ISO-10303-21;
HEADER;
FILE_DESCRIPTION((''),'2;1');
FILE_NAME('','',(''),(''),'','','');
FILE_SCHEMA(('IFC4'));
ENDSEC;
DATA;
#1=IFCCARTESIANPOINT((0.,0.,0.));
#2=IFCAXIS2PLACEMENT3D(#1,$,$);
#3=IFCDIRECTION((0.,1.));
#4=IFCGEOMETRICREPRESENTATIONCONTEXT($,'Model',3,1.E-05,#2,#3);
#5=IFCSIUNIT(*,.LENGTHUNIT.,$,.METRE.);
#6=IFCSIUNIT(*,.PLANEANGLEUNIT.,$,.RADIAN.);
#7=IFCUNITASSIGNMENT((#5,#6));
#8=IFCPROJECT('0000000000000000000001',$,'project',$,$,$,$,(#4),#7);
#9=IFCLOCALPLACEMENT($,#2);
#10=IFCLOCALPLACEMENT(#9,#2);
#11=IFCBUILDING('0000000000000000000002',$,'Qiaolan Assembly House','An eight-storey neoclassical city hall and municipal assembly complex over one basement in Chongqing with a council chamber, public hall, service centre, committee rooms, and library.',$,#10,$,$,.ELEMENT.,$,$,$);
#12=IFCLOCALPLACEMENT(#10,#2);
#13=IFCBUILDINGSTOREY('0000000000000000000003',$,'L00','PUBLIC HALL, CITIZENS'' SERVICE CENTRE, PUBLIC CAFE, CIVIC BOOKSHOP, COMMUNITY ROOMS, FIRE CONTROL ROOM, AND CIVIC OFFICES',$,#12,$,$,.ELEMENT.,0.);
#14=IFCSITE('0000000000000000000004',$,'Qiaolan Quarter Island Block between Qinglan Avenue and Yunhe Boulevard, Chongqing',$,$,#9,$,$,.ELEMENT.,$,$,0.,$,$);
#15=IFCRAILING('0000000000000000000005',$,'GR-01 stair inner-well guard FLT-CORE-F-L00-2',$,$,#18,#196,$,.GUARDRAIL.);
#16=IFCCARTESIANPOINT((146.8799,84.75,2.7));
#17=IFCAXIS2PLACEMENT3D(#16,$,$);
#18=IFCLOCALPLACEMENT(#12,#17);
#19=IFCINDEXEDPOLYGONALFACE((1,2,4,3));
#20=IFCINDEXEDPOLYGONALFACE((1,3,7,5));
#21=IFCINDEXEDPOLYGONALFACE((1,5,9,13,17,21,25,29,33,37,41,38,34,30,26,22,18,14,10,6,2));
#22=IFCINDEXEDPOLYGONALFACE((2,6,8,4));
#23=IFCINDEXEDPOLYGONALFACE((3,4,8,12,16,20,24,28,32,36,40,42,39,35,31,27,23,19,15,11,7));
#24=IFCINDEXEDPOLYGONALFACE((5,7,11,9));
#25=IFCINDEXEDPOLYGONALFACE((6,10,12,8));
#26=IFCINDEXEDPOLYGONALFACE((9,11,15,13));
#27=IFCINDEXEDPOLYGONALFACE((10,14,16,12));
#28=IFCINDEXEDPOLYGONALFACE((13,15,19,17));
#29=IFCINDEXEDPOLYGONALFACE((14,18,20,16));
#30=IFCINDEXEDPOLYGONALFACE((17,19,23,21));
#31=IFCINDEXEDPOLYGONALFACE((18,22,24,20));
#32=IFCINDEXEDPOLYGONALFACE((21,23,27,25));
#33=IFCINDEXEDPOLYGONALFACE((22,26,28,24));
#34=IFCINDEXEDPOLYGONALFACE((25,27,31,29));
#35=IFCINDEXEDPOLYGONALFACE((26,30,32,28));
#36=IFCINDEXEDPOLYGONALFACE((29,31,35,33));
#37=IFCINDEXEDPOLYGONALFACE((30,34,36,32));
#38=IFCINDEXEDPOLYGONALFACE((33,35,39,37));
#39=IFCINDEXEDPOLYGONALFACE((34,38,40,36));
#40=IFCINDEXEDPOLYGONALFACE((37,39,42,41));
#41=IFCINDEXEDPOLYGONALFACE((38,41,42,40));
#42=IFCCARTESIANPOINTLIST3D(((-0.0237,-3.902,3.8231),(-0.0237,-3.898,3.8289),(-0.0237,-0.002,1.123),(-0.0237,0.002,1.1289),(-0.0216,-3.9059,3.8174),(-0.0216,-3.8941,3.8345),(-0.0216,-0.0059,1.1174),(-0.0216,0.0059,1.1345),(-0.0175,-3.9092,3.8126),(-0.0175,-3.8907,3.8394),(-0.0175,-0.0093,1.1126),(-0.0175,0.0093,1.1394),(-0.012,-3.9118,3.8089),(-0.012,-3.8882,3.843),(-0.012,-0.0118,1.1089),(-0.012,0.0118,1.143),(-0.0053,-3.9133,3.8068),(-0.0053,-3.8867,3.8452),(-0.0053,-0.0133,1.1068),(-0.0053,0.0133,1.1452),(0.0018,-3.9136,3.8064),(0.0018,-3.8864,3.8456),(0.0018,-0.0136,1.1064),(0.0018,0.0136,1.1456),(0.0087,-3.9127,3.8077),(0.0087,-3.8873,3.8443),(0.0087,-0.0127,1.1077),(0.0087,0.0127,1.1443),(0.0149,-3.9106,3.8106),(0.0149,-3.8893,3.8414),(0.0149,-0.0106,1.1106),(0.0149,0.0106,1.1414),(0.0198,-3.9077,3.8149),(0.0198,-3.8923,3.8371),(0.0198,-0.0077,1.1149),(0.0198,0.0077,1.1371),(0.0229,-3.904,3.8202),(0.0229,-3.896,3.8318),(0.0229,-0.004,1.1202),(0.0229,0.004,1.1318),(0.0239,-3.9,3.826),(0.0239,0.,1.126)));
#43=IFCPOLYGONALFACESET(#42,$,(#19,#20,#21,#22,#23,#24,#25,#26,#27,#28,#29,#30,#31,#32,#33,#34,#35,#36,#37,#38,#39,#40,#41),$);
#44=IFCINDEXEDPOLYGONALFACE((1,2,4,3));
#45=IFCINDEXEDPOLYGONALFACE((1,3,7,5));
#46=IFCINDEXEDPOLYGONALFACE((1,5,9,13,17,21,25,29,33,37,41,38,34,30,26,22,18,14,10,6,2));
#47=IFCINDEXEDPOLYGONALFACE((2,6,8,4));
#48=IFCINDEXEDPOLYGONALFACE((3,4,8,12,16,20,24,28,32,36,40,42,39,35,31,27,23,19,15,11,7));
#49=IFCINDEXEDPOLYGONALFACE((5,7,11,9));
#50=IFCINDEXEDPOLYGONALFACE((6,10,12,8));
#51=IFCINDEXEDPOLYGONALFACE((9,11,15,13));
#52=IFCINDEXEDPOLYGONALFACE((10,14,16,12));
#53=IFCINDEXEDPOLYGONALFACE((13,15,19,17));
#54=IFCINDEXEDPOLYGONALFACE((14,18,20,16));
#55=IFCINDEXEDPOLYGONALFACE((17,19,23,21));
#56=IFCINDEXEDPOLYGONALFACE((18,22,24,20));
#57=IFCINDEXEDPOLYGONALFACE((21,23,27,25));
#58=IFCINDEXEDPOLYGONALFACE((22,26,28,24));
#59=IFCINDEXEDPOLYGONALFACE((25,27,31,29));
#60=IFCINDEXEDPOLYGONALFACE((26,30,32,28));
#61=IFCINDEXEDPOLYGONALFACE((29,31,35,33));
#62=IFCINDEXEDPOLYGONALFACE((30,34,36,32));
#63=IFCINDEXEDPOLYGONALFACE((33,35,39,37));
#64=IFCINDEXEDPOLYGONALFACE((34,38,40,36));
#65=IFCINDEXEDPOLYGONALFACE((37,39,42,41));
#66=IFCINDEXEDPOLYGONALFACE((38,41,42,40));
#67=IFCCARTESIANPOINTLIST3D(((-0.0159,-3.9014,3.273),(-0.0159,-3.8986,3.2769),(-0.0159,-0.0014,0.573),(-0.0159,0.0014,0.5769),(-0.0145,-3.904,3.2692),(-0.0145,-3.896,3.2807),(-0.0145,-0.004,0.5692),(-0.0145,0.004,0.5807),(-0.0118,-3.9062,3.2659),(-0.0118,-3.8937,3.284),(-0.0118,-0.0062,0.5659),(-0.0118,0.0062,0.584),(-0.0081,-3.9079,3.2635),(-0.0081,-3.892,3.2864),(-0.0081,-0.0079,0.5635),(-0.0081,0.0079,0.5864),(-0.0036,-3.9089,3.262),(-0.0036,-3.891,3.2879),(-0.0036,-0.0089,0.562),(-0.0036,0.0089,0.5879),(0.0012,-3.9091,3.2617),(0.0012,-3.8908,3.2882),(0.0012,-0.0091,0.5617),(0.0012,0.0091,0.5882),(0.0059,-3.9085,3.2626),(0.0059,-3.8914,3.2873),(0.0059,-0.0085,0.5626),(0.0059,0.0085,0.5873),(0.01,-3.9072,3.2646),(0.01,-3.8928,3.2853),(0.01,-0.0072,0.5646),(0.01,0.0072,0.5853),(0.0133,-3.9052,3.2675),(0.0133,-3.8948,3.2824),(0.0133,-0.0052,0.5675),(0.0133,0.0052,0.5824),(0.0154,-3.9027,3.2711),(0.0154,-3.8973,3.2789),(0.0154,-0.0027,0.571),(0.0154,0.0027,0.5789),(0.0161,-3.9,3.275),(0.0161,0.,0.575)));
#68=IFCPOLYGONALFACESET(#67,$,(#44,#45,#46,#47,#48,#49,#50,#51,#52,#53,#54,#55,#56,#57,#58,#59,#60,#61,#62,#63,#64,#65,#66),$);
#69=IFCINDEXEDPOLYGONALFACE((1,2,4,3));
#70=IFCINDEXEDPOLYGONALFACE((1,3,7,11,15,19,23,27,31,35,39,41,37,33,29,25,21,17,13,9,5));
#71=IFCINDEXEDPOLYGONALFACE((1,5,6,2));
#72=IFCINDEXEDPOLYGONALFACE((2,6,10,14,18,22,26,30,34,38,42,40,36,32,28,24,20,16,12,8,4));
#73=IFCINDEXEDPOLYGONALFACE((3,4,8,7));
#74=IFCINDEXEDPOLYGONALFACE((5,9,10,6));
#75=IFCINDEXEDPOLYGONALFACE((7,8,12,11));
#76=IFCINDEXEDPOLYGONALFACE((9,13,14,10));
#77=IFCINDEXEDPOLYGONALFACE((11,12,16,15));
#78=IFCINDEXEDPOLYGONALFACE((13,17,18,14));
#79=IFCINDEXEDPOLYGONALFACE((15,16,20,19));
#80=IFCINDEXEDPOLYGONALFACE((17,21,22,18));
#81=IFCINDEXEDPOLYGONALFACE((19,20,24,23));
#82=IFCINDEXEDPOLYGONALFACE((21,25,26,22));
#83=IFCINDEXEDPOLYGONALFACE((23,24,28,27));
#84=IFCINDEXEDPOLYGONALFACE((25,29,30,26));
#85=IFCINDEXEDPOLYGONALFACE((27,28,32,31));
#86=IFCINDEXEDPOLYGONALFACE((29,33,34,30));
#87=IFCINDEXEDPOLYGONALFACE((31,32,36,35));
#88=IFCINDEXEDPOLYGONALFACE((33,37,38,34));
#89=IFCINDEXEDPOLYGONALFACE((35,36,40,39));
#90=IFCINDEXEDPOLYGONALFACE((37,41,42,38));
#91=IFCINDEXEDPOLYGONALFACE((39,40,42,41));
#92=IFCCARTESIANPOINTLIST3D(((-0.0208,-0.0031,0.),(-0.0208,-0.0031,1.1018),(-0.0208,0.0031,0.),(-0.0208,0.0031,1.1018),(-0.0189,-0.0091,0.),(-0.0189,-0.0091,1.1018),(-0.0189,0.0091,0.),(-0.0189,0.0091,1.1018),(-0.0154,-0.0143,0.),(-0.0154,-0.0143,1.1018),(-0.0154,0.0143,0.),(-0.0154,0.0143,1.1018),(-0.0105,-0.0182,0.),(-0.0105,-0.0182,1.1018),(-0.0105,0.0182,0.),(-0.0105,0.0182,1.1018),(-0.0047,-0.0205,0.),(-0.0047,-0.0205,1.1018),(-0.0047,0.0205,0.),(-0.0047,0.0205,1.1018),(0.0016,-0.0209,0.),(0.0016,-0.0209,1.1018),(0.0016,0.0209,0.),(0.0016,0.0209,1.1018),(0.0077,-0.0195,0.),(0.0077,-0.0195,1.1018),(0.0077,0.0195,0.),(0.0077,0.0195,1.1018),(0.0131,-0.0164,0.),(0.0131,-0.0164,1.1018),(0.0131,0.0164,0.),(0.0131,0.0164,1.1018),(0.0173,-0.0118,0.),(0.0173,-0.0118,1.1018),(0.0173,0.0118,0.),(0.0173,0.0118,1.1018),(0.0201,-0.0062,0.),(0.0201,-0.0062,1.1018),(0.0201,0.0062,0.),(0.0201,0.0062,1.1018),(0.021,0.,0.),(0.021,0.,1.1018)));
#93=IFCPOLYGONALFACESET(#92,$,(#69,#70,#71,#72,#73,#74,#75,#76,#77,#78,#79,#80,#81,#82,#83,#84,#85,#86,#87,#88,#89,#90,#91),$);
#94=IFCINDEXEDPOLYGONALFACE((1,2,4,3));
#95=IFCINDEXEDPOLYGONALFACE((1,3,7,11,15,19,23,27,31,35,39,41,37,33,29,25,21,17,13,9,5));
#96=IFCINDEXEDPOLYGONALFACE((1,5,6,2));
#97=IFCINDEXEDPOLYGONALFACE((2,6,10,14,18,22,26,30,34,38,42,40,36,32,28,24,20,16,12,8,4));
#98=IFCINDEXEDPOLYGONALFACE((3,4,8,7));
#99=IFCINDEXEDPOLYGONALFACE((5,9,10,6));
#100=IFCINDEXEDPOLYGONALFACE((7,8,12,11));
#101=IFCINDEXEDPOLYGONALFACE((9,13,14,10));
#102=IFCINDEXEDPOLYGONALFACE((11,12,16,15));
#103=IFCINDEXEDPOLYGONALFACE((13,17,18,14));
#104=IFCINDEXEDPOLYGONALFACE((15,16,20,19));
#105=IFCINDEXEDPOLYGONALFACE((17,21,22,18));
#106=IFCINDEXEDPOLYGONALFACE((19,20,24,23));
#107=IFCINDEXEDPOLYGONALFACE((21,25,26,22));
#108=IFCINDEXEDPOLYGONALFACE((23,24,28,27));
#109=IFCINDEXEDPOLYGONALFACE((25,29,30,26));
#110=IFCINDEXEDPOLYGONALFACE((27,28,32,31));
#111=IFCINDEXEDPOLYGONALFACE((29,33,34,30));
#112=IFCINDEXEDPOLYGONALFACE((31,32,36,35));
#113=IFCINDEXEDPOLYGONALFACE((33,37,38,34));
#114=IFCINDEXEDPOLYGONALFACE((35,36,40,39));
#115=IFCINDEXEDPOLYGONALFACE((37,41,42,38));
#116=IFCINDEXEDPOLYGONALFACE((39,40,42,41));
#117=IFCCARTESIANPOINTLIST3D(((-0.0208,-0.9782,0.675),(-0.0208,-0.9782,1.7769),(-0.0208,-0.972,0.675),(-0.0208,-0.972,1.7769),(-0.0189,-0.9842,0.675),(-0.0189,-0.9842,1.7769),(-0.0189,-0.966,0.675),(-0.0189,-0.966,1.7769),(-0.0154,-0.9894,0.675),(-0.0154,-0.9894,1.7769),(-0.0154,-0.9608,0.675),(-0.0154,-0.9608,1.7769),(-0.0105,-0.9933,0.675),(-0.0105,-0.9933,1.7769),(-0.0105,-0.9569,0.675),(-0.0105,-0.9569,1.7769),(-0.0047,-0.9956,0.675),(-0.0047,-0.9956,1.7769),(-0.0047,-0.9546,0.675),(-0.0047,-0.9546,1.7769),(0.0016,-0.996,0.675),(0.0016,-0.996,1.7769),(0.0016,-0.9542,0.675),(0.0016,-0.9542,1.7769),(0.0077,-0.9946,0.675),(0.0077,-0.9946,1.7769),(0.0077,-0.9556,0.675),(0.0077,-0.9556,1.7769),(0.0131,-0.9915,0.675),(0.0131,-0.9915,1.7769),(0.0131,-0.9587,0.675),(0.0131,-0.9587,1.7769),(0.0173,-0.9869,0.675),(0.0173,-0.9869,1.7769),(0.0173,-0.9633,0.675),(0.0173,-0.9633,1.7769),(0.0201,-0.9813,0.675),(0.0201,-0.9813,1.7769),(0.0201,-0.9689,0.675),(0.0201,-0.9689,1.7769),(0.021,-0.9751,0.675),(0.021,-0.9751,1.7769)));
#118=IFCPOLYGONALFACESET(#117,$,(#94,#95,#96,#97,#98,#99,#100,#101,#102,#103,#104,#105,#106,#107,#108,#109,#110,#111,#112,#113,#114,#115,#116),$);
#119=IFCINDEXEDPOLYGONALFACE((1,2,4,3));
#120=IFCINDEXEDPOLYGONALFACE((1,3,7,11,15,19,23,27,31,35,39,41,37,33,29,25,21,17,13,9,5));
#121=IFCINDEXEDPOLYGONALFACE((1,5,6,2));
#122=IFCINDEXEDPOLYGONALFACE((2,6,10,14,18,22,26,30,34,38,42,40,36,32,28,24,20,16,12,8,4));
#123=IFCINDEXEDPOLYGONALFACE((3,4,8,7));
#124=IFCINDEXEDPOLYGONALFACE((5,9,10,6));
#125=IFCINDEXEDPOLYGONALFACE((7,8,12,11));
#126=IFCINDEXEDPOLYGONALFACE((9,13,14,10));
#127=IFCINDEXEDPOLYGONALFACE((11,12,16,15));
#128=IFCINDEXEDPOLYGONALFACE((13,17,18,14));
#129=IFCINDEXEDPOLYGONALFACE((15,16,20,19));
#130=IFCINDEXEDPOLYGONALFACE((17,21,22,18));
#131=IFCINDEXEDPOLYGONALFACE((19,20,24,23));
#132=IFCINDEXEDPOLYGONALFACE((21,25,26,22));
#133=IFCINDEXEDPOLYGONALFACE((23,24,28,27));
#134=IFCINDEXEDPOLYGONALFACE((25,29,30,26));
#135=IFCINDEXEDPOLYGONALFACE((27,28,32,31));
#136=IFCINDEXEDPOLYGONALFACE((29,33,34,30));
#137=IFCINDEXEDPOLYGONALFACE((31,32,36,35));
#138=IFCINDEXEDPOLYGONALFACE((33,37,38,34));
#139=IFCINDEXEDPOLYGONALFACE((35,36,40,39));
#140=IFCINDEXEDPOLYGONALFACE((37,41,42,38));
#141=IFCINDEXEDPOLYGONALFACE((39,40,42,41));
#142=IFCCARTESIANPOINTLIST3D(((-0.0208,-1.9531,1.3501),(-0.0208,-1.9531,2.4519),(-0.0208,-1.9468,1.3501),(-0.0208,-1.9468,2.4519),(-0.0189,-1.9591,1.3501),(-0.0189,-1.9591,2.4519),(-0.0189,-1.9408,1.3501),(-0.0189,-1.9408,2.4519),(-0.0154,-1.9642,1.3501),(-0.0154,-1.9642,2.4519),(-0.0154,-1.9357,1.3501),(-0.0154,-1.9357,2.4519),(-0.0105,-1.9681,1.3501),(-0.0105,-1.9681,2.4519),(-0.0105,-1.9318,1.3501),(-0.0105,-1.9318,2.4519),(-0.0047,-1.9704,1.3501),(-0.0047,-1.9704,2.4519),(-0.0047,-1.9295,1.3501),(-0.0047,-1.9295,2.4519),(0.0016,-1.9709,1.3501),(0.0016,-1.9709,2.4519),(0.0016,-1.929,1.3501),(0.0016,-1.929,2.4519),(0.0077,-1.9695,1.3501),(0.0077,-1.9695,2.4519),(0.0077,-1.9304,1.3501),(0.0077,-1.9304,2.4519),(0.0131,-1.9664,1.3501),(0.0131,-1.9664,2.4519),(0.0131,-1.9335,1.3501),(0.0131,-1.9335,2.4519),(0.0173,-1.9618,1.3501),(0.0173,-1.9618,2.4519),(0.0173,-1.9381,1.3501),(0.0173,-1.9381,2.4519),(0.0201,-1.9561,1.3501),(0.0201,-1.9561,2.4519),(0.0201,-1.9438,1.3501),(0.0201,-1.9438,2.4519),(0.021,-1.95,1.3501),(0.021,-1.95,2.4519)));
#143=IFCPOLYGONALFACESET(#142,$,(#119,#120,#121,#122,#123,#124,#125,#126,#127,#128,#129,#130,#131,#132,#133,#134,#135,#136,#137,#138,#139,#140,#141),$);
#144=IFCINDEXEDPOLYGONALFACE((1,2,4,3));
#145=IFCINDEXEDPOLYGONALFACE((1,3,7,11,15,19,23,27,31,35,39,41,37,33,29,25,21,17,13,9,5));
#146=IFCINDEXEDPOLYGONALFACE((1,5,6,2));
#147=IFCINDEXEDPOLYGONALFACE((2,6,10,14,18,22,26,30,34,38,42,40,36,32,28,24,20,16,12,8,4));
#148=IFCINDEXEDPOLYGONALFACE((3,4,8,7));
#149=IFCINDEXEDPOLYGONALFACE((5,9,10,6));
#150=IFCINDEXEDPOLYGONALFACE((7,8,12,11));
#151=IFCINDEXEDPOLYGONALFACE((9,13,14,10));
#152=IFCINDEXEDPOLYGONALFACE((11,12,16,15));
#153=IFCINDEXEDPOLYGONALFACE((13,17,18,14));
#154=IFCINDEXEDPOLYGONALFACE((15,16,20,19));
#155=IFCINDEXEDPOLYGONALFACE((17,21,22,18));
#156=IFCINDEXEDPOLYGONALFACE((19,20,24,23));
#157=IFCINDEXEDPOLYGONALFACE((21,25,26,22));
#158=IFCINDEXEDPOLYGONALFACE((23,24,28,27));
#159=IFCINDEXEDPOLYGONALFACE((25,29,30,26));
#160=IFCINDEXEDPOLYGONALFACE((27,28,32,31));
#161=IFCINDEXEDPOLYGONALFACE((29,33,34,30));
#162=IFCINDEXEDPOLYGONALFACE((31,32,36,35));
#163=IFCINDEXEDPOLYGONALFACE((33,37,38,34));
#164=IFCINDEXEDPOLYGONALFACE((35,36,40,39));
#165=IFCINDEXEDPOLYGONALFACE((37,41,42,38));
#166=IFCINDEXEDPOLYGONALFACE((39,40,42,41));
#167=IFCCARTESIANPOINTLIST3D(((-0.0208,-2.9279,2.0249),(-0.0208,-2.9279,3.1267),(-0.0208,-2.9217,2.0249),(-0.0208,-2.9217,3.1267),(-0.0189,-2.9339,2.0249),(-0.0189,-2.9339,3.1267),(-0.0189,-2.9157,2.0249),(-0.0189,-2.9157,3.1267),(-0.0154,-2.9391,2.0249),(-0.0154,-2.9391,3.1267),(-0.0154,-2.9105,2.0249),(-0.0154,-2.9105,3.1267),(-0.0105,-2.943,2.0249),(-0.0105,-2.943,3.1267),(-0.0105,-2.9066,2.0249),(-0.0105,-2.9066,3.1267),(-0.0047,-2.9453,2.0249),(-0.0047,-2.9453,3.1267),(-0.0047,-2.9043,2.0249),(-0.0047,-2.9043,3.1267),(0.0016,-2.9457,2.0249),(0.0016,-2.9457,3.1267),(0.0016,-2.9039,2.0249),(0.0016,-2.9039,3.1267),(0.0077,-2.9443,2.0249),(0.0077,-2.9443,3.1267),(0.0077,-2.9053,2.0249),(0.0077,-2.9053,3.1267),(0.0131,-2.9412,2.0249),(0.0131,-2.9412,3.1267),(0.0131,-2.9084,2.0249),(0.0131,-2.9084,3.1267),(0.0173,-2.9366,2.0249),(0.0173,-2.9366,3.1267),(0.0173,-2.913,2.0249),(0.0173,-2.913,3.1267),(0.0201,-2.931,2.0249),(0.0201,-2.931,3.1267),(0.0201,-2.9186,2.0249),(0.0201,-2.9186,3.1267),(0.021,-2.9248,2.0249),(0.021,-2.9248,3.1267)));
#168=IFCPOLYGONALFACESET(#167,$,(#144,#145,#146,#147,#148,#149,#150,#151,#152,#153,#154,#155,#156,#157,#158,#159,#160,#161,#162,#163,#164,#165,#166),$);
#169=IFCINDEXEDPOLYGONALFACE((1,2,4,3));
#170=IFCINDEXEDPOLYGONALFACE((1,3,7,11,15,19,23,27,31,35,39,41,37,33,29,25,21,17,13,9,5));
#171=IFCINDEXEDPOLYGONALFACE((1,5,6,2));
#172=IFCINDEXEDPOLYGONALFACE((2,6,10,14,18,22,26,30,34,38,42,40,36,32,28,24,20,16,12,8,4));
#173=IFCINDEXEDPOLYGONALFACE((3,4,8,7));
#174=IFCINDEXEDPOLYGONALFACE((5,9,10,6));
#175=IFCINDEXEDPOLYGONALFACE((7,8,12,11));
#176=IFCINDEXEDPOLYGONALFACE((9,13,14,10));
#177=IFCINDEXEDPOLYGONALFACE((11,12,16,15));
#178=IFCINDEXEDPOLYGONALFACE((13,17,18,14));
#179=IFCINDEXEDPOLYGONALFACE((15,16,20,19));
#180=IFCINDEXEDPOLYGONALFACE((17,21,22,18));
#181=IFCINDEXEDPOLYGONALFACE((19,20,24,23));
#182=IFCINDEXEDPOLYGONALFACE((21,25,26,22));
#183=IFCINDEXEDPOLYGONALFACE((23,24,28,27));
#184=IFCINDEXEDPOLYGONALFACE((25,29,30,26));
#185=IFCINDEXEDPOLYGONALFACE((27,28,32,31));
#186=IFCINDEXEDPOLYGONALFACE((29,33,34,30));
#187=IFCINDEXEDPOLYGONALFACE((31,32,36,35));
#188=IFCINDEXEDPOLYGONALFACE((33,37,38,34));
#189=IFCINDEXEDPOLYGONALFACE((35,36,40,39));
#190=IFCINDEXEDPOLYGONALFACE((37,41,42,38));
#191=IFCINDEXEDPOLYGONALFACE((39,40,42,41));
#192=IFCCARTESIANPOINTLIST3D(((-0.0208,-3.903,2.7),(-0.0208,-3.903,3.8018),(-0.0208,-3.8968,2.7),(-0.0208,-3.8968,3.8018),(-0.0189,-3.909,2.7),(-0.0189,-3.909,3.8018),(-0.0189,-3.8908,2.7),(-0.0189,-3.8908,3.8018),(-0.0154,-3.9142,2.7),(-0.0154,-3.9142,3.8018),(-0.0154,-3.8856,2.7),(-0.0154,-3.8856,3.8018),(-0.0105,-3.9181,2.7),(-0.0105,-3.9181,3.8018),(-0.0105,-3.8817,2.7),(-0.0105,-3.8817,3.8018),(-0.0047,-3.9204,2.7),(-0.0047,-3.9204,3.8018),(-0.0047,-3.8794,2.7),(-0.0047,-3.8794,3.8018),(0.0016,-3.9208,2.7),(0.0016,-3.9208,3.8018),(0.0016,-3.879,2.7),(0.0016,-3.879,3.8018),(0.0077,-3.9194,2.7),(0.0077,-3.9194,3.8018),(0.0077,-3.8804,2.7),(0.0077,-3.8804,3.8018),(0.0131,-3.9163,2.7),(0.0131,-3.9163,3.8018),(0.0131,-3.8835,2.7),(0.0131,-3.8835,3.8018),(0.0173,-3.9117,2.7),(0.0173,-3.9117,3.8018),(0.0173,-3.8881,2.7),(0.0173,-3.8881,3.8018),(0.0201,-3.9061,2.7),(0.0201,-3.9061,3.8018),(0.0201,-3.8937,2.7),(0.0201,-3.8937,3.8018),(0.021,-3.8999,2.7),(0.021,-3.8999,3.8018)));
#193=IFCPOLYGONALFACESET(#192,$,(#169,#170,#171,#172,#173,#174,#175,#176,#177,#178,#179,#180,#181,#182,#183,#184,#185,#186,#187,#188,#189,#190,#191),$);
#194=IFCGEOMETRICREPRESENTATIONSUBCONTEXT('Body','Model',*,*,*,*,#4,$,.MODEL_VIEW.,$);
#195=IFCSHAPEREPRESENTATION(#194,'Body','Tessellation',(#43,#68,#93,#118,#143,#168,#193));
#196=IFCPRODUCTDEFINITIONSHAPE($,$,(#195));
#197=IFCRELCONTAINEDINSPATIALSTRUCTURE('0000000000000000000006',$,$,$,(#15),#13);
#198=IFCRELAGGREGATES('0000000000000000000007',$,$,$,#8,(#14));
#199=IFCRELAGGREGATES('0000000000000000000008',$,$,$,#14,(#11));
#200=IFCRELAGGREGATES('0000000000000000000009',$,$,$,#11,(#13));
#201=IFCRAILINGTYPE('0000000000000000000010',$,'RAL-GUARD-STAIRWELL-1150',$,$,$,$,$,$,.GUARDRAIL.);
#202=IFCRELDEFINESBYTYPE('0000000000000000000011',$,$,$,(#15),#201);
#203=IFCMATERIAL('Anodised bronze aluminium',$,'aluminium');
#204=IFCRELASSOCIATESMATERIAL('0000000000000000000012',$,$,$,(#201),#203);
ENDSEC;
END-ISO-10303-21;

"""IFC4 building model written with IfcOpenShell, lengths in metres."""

from ifc_helpers import new_model, si_unit, direction, frame, origin, origin_2d, place, context, subcontext, project, spatial, circle, extrude, material, type_object, element, save


model = new_model("IFC4")

# Units and contexts
model_context = context("Model", 3, precision=1e-05, world=origin(), true_north=direction((0.0, 1.0)))
body_context = subcontext(model_context, "Body", "Model", "MODEL_VIEW")
ifc_project = project(units=[si_unit("LENGTHUNIT", "METRE"), si_unit("PLANEANGLEUNIT", "RADIAN")], contexts=[model_context])

# Site, building, storey
site_placement = place(None, origin())
site = spatial("IfcSite", under=ifc_project, at=site_placement, Name="Qiaolan Quarter Island Block between Qinglan Avenue and Yunhe Boulevard, Chongqing", CompositionType="ELEMENT", RefElevation=0.0)
building_placement = place(site_placement, origin())
building = spatial("IfcBuilding", under=site, at=building_placement, Name="Qiaolan Assembly House", Description="An eight-storey neoclassical city hall and municipal assembly complex over one basement in Chongqing with a council chamber, public hall, service centre, committee rooms, and library.", CompositionType="ELEMENT")
storey_placement = place(building_placement, origin())
storey = spatial("IfcBuildingStorey", under=building, at=storey_placement, Name="L00", Description="PUBLIC HALL, CITIZENS' SERVICE CENTRE, PUBLIC CAFE, CIVIC BOOKSHOP, COMMUNITY ROOMS, FIRE CONTROL ROOM, AND CIVIC OFFICES", CompositionType="ELEMENT", Elevation=0.0)

# Shared definitions
ifc_material_1 = material(Name="Anodised bronze aluminium", Category="aluminium")

# Railing
railing_type_1 = type_object("IfcRailingType", Name="RAL-GUARD-STAIRWELL-1150", PredefinedType="GUARDRAIL", material=ifc_material_1)
railing_1_placement = place(storey_placement, frame((146.8799, 84.75, 2.7)))
element("IfcRailing", 1, at=railing_1_placement, inside=storey, type_object=railing_type_1, Name="GR-01 stair inner-well guard FLT-CORE-F-L00-2", PredefinedType="GUARDRAIL", context=body_context, shape_type="SweptSolid", body=[
    extrude(circle(Radius=0.0239, at=origin_2d()), frame((0.0, 0.0, 1.126), z_axis=(0.0, -0.82219, 0.569213), x_axis=(1.0, 0.0, 0.0)), (0.0, 0.0, 1.0), 4.7434),
    extrude(circle(Radius=0.0161, at=origin_2d()), frame((0.0, 0.0, 0.575), z_axis=(0.0, -0.82219, 0.569213), x_axis=(1.0, 0.0, 0.0)), (0.0, 0.0, 1.0), 4.7434),
    extrude(circle(Radius=0.021, at=origin_2d()), origin(), (0.0, 0.0, 1.0), 1.1018),
    extrude(circle(Radius=0.021, at=origin_2d()), frame((0.0, -0.9751, 0.675)), (0.0, 0.0, 1.0), 1.1018),
    extrude(circle(Radius=0.021, at=origin_2d()), frame((0.0, -1.95, 1.3501)), (0.0, 0.0, 1.0), 1.1018),
    extrude(circle(Radius=0.021, at=origin_2d()), frame((0.0, -2.9248, 2.0249)), (0.0, 0.0, 1.0), 1.1018),
    extrude(circle(Radius=0.021, at=origin_2d()), frame((0.0, -3.8999, 2.7)), (0.0, 0.0, 1.0), 1.1018),
])

save(model, "model.ifc")
